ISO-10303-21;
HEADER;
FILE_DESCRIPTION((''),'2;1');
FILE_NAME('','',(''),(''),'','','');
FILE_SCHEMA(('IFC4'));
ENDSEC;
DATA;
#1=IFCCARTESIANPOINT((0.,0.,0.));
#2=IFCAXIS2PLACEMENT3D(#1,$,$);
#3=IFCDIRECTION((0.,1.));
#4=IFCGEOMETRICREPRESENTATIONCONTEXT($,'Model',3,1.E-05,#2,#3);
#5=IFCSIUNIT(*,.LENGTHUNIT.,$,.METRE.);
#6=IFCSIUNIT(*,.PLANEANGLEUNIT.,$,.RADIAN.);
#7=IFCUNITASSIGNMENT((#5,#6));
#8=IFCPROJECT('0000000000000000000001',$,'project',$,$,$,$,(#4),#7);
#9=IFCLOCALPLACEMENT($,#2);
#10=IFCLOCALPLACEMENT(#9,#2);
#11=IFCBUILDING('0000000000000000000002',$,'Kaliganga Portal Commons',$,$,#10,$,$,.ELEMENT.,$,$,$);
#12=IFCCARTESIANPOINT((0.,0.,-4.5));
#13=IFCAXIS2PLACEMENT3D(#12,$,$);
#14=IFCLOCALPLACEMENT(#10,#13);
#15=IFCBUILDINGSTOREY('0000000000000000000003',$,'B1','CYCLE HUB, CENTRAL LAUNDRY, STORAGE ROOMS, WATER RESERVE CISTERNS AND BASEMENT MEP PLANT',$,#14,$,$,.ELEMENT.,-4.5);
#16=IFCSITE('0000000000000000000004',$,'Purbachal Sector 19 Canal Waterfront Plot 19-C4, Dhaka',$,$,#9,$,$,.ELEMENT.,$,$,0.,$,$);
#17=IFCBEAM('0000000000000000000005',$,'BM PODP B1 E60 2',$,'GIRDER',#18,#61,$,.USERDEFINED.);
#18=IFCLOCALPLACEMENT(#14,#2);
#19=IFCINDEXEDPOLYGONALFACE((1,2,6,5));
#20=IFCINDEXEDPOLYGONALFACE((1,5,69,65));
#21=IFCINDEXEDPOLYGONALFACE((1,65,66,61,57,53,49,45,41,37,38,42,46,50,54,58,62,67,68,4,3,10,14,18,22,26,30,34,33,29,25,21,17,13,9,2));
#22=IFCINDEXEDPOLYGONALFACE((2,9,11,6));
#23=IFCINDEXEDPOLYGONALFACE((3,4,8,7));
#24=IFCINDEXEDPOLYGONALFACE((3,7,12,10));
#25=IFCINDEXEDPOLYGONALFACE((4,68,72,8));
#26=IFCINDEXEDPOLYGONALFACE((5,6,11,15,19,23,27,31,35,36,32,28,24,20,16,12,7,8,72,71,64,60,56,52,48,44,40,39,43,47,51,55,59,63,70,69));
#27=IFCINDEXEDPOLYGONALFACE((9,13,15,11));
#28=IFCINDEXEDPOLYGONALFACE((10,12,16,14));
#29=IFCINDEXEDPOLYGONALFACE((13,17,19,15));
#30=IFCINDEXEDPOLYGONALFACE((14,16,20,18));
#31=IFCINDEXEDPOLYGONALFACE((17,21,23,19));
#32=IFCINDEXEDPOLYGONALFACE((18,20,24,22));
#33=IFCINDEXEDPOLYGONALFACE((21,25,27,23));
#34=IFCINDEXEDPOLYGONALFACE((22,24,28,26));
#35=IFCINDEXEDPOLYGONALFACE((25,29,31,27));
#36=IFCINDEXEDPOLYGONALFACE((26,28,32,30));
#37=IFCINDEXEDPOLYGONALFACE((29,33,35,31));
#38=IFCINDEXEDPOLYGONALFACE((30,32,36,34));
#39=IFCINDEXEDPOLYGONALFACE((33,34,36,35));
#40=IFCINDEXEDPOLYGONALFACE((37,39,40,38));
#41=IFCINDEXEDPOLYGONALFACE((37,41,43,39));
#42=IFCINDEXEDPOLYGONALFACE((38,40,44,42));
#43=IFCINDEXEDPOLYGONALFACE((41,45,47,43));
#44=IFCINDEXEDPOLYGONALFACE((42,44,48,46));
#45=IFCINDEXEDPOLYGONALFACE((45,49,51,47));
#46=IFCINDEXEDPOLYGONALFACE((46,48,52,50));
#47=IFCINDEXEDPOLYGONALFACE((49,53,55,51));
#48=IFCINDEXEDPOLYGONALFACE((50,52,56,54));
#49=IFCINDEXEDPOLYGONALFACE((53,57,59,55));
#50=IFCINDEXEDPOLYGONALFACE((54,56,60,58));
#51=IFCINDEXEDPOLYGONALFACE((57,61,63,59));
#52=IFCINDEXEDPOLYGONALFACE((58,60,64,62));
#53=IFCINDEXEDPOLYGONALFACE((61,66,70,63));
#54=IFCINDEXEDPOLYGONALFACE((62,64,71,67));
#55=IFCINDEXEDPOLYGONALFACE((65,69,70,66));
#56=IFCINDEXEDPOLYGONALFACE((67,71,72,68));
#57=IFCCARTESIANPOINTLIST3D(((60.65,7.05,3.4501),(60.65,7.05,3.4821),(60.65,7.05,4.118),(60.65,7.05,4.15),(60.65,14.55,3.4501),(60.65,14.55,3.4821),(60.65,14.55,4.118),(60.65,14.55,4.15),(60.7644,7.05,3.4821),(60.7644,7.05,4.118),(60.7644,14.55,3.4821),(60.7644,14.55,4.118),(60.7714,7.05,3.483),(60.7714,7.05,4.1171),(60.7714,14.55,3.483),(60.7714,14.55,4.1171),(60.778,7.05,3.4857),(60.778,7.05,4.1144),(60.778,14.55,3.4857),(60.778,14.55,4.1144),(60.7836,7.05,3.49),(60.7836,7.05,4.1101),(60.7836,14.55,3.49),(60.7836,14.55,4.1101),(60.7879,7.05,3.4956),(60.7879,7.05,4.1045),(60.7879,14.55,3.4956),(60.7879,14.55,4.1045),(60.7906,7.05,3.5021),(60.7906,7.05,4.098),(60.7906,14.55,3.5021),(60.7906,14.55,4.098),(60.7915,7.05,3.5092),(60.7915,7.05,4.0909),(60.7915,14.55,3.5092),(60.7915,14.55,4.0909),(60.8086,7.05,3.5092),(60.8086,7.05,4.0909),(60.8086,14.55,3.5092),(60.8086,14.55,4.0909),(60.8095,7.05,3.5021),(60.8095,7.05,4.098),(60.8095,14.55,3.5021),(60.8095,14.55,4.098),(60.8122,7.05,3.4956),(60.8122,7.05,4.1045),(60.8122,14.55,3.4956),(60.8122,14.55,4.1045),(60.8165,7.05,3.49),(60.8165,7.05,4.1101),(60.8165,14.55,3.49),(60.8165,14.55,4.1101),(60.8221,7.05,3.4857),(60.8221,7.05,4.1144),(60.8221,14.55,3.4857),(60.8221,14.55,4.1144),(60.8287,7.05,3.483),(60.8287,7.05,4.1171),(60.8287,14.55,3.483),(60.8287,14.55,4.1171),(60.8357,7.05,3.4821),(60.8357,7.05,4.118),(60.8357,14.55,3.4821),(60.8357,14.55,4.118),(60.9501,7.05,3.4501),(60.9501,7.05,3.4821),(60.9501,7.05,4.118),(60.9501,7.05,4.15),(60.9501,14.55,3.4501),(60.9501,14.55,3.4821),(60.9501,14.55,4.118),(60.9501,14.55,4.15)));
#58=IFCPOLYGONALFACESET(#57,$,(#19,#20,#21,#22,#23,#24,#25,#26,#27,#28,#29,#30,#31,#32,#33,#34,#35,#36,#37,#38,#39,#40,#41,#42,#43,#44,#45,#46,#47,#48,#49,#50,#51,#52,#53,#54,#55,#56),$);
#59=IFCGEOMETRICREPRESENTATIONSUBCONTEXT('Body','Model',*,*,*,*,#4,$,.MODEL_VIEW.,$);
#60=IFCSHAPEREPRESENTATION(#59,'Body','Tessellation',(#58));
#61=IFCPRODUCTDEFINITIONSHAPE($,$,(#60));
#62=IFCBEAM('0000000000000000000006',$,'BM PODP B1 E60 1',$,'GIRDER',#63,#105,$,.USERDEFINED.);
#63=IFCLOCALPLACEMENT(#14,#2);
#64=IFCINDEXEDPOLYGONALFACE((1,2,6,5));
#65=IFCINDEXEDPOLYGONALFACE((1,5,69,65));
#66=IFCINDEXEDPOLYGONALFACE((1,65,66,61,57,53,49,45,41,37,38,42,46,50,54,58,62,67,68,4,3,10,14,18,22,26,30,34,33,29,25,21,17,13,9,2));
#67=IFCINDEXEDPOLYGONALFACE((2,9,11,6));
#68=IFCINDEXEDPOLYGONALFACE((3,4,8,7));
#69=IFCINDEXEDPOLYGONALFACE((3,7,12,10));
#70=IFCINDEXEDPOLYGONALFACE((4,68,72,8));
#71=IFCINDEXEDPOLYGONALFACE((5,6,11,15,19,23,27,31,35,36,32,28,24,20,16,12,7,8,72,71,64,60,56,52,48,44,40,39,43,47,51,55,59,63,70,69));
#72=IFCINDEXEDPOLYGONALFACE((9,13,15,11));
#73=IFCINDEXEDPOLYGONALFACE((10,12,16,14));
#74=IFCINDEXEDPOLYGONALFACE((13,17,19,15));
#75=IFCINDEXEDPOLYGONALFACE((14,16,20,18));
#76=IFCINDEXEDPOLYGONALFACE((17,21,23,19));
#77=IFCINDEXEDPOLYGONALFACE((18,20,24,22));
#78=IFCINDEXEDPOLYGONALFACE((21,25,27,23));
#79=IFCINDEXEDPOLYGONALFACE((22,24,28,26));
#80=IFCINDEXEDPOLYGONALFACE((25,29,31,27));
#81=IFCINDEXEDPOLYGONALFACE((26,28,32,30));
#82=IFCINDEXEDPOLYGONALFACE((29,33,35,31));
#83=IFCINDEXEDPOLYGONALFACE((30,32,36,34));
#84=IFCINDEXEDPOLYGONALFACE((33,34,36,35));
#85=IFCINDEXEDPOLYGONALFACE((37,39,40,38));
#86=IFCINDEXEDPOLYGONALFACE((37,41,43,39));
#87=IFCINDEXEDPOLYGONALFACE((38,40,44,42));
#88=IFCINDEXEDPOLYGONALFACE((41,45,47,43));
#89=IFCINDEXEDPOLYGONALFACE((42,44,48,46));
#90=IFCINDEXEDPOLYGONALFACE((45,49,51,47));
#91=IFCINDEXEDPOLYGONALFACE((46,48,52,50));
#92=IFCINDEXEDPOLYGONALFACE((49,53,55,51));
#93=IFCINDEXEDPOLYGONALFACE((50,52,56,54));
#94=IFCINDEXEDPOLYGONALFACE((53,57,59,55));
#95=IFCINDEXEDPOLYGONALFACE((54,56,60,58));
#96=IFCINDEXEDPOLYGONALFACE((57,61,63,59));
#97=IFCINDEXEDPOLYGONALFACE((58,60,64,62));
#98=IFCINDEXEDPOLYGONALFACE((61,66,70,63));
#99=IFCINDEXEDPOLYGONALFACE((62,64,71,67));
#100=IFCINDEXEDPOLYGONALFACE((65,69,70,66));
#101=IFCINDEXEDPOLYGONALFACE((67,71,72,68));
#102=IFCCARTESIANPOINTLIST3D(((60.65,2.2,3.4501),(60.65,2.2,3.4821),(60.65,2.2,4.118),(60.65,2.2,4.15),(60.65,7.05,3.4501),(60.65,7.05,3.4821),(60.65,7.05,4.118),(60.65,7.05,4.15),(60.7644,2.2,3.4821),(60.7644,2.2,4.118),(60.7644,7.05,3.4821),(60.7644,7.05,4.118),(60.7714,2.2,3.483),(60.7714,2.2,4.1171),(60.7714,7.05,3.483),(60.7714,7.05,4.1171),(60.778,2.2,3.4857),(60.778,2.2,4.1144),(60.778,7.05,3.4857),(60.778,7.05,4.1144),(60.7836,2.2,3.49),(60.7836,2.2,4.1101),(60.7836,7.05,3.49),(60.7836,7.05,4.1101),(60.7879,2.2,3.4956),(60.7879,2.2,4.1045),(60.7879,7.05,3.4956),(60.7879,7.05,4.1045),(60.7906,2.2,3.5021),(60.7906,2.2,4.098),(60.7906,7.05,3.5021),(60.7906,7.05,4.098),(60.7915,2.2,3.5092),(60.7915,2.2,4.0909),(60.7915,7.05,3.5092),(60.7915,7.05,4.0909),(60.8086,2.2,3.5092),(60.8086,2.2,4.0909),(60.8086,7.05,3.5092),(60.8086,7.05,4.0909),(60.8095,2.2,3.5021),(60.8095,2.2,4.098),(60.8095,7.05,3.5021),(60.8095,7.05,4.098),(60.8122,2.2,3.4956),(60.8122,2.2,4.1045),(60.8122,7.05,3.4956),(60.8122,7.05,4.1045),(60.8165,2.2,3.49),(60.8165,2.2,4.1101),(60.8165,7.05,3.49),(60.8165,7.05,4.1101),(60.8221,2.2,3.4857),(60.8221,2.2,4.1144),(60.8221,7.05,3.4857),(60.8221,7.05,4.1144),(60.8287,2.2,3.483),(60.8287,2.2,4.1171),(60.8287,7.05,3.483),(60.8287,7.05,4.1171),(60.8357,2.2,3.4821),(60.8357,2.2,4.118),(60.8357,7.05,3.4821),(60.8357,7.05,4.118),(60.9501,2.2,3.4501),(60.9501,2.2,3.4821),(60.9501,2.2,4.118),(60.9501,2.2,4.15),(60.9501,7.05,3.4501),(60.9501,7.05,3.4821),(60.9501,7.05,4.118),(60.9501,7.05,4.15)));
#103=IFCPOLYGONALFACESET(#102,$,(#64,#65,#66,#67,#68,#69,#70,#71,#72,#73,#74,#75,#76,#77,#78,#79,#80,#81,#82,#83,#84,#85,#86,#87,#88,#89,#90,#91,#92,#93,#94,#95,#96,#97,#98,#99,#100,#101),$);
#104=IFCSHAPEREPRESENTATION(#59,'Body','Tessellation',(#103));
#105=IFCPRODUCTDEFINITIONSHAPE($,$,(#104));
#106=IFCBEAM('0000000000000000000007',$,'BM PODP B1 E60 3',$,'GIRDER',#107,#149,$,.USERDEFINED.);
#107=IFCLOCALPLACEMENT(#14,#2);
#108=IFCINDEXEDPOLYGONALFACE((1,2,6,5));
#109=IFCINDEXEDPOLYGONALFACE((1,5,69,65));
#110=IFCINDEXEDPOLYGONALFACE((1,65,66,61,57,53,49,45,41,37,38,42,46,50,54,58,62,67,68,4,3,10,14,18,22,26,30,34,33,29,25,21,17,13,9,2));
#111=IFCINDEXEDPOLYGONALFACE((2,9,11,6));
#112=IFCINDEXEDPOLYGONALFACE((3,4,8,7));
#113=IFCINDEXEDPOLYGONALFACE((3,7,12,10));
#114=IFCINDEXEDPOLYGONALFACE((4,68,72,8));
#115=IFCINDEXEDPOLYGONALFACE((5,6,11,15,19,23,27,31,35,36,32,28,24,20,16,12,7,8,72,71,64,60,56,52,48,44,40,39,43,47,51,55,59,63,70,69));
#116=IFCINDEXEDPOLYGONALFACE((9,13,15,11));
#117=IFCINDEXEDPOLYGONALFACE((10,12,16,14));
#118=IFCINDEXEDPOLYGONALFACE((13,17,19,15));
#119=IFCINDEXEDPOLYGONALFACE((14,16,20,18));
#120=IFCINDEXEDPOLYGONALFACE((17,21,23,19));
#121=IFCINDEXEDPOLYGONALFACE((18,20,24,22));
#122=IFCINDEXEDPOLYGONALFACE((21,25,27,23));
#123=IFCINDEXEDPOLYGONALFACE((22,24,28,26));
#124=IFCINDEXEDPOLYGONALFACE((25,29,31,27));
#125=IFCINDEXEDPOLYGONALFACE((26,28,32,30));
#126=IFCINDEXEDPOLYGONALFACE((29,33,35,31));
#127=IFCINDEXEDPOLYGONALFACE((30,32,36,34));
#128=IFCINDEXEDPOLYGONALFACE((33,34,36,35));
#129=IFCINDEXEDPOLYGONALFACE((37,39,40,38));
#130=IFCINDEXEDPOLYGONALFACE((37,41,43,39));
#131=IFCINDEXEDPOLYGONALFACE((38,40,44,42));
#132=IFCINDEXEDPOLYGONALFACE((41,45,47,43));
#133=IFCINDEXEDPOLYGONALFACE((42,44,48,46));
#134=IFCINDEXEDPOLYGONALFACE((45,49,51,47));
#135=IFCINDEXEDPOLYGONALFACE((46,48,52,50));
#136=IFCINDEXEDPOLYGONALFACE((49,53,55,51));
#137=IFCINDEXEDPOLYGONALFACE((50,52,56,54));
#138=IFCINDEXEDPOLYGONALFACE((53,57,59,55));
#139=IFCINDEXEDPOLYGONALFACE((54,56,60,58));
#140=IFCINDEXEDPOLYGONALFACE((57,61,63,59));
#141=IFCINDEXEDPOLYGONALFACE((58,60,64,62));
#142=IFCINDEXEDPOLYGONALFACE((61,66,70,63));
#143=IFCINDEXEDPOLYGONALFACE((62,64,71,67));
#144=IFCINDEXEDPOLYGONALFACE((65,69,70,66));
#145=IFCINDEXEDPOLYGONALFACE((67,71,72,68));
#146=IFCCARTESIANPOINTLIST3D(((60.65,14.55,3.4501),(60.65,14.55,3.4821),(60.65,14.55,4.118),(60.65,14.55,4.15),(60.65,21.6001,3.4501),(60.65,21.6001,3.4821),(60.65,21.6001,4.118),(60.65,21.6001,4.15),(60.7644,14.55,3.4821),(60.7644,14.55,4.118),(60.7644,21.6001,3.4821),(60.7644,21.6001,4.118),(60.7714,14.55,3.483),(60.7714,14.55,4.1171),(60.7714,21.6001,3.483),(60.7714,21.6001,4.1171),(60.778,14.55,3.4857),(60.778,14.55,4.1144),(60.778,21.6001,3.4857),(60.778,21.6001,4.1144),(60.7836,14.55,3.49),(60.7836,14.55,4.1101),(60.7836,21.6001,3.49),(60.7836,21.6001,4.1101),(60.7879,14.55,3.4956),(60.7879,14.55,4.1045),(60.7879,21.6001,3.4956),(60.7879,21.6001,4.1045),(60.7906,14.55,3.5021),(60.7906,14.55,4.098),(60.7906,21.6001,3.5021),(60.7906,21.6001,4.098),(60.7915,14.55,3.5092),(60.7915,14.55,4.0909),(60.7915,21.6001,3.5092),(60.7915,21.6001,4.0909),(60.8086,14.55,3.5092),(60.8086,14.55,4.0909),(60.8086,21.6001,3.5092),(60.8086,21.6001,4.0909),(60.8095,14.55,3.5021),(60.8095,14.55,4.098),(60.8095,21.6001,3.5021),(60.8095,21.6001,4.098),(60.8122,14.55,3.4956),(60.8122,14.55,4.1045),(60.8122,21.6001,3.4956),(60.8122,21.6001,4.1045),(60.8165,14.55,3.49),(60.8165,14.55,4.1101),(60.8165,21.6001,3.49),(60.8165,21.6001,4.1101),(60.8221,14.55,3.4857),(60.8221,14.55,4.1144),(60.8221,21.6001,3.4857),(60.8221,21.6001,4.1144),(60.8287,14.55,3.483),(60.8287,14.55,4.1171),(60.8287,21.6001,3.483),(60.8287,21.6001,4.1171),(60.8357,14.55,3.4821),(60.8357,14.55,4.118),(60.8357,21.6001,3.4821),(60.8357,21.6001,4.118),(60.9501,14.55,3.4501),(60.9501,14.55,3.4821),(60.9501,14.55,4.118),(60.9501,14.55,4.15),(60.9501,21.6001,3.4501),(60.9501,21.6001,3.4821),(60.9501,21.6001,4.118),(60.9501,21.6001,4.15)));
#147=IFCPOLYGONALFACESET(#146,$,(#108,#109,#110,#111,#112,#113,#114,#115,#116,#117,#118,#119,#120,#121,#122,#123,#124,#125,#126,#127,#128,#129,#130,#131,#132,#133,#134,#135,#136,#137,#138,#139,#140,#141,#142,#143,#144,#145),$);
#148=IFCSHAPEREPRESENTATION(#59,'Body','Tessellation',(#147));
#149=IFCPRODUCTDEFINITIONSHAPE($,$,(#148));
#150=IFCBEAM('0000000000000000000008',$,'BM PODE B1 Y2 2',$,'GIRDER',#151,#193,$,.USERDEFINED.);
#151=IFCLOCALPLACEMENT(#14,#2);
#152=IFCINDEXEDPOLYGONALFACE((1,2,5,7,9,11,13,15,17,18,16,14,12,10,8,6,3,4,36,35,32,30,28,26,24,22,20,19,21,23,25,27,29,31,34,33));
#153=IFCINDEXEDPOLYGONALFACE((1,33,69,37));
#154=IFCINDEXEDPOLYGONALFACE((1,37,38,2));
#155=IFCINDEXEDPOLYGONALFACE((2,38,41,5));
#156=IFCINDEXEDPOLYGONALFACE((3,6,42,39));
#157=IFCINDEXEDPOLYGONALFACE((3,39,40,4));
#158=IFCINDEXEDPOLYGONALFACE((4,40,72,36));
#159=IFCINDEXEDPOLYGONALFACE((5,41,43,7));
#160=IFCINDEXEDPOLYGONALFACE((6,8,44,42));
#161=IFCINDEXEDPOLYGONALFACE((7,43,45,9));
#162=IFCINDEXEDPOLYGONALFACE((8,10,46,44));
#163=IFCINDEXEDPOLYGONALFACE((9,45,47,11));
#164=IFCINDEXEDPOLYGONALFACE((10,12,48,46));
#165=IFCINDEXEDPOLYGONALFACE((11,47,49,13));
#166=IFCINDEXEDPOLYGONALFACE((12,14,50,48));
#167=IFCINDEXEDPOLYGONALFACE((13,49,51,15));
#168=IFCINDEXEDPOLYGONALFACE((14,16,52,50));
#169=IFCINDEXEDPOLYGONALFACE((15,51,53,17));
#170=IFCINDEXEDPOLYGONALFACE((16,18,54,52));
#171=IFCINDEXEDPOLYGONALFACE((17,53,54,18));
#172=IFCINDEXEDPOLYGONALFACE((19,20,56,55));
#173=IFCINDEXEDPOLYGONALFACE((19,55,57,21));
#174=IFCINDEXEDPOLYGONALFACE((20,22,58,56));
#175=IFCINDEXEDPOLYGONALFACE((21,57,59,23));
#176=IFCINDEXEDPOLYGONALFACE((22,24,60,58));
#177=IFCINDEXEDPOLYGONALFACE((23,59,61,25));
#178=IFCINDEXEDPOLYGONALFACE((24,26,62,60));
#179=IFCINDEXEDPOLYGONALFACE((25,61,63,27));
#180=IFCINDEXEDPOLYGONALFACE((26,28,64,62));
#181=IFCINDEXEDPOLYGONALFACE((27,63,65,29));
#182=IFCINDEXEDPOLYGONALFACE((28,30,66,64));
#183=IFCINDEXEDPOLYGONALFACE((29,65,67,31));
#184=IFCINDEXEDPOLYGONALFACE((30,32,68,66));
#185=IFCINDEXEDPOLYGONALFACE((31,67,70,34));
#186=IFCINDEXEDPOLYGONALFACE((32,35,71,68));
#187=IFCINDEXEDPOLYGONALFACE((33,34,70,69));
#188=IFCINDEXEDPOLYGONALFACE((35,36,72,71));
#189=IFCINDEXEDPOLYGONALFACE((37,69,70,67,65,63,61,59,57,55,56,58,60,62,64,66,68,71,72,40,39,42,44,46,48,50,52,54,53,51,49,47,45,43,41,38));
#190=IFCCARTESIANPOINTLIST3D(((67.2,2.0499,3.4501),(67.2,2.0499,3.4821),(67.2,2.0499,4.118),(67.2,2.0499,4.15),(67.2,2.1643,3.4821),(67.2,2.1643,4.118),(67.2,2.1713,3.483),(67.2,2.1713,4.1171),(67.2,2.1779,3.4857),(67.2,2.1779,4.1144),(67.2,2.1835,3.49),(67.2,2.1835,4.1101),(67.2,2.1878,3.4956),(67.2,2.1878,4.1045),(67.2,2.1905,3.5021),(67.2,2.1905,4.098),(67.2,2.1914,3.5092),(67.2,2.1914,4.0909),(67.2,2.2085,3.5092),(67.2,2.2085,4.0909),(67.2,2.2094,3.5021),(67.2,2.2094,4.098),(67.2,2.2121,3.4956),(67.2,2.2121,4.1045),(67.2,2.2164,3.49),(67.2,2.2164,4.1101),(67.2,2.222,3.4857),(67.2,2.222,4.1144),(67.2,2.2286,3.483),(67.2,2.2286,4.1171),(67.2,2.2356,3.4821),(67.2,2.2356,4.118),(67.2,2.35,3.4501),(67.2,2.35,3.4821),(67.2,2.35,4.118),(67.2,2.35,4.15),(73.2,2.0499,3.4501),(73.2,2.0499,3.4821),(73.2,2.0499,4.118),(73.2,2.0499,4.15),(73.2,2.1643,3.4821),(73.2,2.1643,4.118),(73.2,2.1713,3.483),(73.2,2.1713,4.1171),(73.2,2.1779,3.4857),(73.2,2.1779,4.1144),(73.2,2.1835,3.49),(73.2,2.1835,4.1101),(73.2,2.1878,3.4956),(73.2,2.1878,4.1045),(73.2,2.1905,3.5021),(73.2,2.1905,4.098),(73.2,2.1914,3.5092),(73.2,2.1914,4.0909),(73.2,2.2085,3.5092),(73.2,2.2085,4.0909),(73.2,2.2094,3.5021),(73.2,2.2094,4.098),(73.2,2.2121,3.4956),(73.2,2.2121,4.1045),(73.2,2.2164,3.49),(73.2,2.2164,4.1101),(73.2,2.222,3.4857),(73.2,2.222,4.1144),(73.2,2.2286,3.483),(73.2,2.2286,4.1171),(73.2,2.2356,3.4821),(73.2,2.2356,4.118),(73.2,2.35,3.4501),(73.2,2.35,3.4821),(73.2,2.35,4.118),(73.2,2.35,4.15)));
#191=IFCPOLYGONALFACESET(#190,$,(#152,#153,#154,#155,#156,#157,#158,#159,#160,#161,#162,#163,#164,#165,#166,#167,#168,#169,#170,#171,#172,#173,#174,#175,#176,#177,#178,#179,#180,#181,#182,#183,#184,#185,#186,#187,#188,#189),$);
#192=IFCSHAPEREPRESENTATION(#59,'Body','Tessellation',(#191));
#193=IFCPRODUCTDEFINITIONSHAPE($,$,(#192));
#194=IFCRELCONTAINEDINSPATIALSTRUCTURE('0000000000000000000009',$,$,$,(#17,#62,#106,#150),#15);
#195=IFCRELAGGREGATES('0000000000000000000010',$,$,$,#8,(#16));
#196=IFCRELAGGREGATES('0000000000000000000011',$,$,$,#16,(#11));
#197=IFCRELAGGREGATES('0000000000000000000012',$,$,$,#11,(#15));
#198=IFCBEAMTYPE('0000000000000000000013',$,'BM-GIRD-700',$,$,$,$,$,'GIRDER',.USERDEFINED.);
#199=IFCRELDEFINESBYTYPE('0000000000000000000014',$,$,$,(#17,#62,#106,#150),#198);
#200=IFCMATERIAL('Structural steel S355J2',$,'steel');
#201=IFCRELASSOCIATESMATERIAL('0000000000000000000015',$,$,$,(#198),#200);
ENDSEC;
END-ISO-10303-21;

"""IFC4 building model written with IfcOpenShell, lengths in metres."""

from ifc_helpers import new_model, si_unit, direction, frame, origin, origin_2d, place, context, subcontext, project, spatial, i_section, extrude, source, transform, mapped, material, material_profile, profile_set, type_object, element, save


model = new_model("IFC4")

# Units and contexts
model_context = context("Model", 3, precision=1e-05, world=origin(), true_north=direction((0.0, 1.0)))
body_context = subcontext(model_context, "Body", "Model", "MODEL_VIEW")
ifc_project = project(units=[si_unit("LENGTHUNIT", "METRE"), si_unit("PLANEANGLEUNIT", "RADIAN")], contexts=[model_context])

# Site, building, storey
site_placement = place(None, origin())
site = spatial("IfcSite", under=ifc_project, at=site_placement, Name="Purbachal Sector 19 Canal Waterfront Plot 19-C4, Dhaka", CompositionType="ELEMENT", RefElevation=0.0)
building_placement = place(site_placement, origin())
building = spatial("IfcBuilding", under=site, at=building_placement, Name="Kaliganga Portal Commons", CompositionType="ELEMENT")
storey_placement = place(building_placement, frame((0.0, 0.0, -4.5)))
storey = spatial("IfcBuildingStorey", under=building, at=storey_placement, Name="B1", Description="CYCLE HUB, CENTRAL LAUNDRY, STORAGE ROOMS, WATER RESERVE CISTERNS AND BASEMENT MEP PLANT", CompositionType="ELEMENT", Elevation=-4.5)

# Shared definitions
ifc_material_1 = material(Name="Structural steel S355J2", Category="steel")

# Beams
ifc_material_profile_1 = material_profile(ifc_material_1, i_section(OverallWidth=0.3, OverallDepth=0.7, WebThickness=0.0171, FlangeThickness=0.032, FilletRadius=0.0271, at=origin_2d()), Name="HE 700 B")
ifc_profile_set_1 = profile_set([ifc_material_profile_1], Name="Structural steel S355J2 wide-flange")
beam_type_1 = type_object("IfcBeamType", Name="BM-GIRD-700", ElementType="GIRDER", PredefinedType="USERDEFINED", material=ifc_profile_set_1)
shared_shape_1 = source(origin(), body_context, "Body", "SweptSolid", [
    extrude(i_section(OverallWidth=0.3, OverallDepth=0.7, WebThickness=0.0171, FlangeThickness=0.032, FilletRadius=0.0271, at=origin_2d()), origin(), (0.0, 0.0, 1.0), 7.5),
])
beam_1_placement = place(storey_placement, frame((60.8, 7.05, 3.8), z_axis=(0.0, 1.0, 0.0), x_axis=(-1.0, 0.0, 0.0)))
element("IfcBeam", 1, at=beam_1_placement, inside=storey, type_object=beam_type_1, Name="BM PODP B1 E60 2", ObjectType="GIRDER", PredefinedType="USERDEFINED", context=body_context, shape_type="MappedRepresentation", body=[
    mapped(shared_shape_1, transform((0.0, 0.0, 0.0), x_axis=(1.0, 0.0, 0.0), y_axis=(0.0, 1.0, 0.0), z_axis=(0.0, 0.0, 1.0), scale=1.0)),
])
shared_shape_2 = source(origin(), body_context, "Body", "SweptSolid", [
    extrude(i_section(OverallWidth=0.3, OverallDepth=0.7, WebThickness=0.0171, FlangeThickness=0.032, FilletRadius=0.0271, at=origin_2d()), origin(), (0.0, 0.0, 1.0), 4.8501),
])
beam_2_placement = place(storey_placement, frame((60.8, 2.2, 3.8), z_axis=(0.0, 1.0, 0.0), x_axis=(-1.0, 0.0, 0.0)))
element("IfcBeam", 2, at=beam_2_placement, inside=storey, type_object=beam_type_1, Name="BM PODP B1 E60 1", ObjectType="GIRDER", PredefinedType="USERDEFINED", context=body_context, shape_type="MappedRepresentation", body=[
    mapped(shared_shape_2, transform((0.0, 0.0, 0.0), x_axis=(1.0, 0.0, 0.0), y_axis=(0.0, 1.0, 0.0), z_axis=(0.0, 0.0, 1.0), scale=1.0)),
])
shared_shape_3 = source(origin(), body_context, "Body", "SweptSolid", [
    extrude(i_section(OverallWidth=0.3, OverallDepth=0.7, WebThickness=0.0171, FlangeThickness=0.032, FilletRadius=0.0271, at=origin_2d()), origin(), (0.0, 0.0, 1.0), 7.05),
])
beam_3_placement = place(storey_placement, frame((60.8, 14.55, 3.8), z_axis=(0.0, 1.0, 0.0), x_axis=(-1.0, 0.0, 0.0)))
element("IfcBeam", 3, at=beam_3_placement, inside=storey, type_object=beam_type_1, Name="BM PODP B1 E60 3", ObjectType="GIRDER", PredefinedType="USERDEFINED", context=body_context, shape_type="MappedRepresentation", body=[
    mapped(shared_shape_3, transform((0.0, 0.0, 0.0), x_axis=(1.0, 0.0, 0.0), y_axis=(0.0, 1.0, 0.0), z_axis=(0.0, 0.0, 1.0), scale=1.0)),
])
shared_shape_4 = source(origin(), body_context, "Body", "SweptSolid", [
    extrude(i_section(OverallWidth=0.3, OverallDepth=0.7, WebThickness=0.0171, FlangeThickness=0.032, FilletRadius=0.0271, at=origin_2d()), origin(), (0.0, 0.0, 1.0), 6.0),
])
for number, where, z_axis, x_axis, name in (
    (4, (67.2, 2.2, 3.8), (1.0, 0.0, 0.0), (0.0, 1.0, 0.0), "BM PODE B1 Y2 2"),
):
    element("IfcBeam", number, at=place(storey_placement, frame(where, z_axis=z_axis, x_axis=x_axis)), inside=storey, type_object=beam_type_1, Name=name, ObjectType="GIRDER", PredefinedType="USERDEFINED", context=body_context, shape_type="MappedRepresentation", body=[
        mapped(shared_shape_4, transform((0.0, 0.0, 0.0), x_axis=(1.0, 0.0, 0.0), y_axis=(0.0, 1.0, 0.0), z_axis=(0.0, 0.0, 1.0), scale=1.0)),
    ])

save(model, "model.ifc")
